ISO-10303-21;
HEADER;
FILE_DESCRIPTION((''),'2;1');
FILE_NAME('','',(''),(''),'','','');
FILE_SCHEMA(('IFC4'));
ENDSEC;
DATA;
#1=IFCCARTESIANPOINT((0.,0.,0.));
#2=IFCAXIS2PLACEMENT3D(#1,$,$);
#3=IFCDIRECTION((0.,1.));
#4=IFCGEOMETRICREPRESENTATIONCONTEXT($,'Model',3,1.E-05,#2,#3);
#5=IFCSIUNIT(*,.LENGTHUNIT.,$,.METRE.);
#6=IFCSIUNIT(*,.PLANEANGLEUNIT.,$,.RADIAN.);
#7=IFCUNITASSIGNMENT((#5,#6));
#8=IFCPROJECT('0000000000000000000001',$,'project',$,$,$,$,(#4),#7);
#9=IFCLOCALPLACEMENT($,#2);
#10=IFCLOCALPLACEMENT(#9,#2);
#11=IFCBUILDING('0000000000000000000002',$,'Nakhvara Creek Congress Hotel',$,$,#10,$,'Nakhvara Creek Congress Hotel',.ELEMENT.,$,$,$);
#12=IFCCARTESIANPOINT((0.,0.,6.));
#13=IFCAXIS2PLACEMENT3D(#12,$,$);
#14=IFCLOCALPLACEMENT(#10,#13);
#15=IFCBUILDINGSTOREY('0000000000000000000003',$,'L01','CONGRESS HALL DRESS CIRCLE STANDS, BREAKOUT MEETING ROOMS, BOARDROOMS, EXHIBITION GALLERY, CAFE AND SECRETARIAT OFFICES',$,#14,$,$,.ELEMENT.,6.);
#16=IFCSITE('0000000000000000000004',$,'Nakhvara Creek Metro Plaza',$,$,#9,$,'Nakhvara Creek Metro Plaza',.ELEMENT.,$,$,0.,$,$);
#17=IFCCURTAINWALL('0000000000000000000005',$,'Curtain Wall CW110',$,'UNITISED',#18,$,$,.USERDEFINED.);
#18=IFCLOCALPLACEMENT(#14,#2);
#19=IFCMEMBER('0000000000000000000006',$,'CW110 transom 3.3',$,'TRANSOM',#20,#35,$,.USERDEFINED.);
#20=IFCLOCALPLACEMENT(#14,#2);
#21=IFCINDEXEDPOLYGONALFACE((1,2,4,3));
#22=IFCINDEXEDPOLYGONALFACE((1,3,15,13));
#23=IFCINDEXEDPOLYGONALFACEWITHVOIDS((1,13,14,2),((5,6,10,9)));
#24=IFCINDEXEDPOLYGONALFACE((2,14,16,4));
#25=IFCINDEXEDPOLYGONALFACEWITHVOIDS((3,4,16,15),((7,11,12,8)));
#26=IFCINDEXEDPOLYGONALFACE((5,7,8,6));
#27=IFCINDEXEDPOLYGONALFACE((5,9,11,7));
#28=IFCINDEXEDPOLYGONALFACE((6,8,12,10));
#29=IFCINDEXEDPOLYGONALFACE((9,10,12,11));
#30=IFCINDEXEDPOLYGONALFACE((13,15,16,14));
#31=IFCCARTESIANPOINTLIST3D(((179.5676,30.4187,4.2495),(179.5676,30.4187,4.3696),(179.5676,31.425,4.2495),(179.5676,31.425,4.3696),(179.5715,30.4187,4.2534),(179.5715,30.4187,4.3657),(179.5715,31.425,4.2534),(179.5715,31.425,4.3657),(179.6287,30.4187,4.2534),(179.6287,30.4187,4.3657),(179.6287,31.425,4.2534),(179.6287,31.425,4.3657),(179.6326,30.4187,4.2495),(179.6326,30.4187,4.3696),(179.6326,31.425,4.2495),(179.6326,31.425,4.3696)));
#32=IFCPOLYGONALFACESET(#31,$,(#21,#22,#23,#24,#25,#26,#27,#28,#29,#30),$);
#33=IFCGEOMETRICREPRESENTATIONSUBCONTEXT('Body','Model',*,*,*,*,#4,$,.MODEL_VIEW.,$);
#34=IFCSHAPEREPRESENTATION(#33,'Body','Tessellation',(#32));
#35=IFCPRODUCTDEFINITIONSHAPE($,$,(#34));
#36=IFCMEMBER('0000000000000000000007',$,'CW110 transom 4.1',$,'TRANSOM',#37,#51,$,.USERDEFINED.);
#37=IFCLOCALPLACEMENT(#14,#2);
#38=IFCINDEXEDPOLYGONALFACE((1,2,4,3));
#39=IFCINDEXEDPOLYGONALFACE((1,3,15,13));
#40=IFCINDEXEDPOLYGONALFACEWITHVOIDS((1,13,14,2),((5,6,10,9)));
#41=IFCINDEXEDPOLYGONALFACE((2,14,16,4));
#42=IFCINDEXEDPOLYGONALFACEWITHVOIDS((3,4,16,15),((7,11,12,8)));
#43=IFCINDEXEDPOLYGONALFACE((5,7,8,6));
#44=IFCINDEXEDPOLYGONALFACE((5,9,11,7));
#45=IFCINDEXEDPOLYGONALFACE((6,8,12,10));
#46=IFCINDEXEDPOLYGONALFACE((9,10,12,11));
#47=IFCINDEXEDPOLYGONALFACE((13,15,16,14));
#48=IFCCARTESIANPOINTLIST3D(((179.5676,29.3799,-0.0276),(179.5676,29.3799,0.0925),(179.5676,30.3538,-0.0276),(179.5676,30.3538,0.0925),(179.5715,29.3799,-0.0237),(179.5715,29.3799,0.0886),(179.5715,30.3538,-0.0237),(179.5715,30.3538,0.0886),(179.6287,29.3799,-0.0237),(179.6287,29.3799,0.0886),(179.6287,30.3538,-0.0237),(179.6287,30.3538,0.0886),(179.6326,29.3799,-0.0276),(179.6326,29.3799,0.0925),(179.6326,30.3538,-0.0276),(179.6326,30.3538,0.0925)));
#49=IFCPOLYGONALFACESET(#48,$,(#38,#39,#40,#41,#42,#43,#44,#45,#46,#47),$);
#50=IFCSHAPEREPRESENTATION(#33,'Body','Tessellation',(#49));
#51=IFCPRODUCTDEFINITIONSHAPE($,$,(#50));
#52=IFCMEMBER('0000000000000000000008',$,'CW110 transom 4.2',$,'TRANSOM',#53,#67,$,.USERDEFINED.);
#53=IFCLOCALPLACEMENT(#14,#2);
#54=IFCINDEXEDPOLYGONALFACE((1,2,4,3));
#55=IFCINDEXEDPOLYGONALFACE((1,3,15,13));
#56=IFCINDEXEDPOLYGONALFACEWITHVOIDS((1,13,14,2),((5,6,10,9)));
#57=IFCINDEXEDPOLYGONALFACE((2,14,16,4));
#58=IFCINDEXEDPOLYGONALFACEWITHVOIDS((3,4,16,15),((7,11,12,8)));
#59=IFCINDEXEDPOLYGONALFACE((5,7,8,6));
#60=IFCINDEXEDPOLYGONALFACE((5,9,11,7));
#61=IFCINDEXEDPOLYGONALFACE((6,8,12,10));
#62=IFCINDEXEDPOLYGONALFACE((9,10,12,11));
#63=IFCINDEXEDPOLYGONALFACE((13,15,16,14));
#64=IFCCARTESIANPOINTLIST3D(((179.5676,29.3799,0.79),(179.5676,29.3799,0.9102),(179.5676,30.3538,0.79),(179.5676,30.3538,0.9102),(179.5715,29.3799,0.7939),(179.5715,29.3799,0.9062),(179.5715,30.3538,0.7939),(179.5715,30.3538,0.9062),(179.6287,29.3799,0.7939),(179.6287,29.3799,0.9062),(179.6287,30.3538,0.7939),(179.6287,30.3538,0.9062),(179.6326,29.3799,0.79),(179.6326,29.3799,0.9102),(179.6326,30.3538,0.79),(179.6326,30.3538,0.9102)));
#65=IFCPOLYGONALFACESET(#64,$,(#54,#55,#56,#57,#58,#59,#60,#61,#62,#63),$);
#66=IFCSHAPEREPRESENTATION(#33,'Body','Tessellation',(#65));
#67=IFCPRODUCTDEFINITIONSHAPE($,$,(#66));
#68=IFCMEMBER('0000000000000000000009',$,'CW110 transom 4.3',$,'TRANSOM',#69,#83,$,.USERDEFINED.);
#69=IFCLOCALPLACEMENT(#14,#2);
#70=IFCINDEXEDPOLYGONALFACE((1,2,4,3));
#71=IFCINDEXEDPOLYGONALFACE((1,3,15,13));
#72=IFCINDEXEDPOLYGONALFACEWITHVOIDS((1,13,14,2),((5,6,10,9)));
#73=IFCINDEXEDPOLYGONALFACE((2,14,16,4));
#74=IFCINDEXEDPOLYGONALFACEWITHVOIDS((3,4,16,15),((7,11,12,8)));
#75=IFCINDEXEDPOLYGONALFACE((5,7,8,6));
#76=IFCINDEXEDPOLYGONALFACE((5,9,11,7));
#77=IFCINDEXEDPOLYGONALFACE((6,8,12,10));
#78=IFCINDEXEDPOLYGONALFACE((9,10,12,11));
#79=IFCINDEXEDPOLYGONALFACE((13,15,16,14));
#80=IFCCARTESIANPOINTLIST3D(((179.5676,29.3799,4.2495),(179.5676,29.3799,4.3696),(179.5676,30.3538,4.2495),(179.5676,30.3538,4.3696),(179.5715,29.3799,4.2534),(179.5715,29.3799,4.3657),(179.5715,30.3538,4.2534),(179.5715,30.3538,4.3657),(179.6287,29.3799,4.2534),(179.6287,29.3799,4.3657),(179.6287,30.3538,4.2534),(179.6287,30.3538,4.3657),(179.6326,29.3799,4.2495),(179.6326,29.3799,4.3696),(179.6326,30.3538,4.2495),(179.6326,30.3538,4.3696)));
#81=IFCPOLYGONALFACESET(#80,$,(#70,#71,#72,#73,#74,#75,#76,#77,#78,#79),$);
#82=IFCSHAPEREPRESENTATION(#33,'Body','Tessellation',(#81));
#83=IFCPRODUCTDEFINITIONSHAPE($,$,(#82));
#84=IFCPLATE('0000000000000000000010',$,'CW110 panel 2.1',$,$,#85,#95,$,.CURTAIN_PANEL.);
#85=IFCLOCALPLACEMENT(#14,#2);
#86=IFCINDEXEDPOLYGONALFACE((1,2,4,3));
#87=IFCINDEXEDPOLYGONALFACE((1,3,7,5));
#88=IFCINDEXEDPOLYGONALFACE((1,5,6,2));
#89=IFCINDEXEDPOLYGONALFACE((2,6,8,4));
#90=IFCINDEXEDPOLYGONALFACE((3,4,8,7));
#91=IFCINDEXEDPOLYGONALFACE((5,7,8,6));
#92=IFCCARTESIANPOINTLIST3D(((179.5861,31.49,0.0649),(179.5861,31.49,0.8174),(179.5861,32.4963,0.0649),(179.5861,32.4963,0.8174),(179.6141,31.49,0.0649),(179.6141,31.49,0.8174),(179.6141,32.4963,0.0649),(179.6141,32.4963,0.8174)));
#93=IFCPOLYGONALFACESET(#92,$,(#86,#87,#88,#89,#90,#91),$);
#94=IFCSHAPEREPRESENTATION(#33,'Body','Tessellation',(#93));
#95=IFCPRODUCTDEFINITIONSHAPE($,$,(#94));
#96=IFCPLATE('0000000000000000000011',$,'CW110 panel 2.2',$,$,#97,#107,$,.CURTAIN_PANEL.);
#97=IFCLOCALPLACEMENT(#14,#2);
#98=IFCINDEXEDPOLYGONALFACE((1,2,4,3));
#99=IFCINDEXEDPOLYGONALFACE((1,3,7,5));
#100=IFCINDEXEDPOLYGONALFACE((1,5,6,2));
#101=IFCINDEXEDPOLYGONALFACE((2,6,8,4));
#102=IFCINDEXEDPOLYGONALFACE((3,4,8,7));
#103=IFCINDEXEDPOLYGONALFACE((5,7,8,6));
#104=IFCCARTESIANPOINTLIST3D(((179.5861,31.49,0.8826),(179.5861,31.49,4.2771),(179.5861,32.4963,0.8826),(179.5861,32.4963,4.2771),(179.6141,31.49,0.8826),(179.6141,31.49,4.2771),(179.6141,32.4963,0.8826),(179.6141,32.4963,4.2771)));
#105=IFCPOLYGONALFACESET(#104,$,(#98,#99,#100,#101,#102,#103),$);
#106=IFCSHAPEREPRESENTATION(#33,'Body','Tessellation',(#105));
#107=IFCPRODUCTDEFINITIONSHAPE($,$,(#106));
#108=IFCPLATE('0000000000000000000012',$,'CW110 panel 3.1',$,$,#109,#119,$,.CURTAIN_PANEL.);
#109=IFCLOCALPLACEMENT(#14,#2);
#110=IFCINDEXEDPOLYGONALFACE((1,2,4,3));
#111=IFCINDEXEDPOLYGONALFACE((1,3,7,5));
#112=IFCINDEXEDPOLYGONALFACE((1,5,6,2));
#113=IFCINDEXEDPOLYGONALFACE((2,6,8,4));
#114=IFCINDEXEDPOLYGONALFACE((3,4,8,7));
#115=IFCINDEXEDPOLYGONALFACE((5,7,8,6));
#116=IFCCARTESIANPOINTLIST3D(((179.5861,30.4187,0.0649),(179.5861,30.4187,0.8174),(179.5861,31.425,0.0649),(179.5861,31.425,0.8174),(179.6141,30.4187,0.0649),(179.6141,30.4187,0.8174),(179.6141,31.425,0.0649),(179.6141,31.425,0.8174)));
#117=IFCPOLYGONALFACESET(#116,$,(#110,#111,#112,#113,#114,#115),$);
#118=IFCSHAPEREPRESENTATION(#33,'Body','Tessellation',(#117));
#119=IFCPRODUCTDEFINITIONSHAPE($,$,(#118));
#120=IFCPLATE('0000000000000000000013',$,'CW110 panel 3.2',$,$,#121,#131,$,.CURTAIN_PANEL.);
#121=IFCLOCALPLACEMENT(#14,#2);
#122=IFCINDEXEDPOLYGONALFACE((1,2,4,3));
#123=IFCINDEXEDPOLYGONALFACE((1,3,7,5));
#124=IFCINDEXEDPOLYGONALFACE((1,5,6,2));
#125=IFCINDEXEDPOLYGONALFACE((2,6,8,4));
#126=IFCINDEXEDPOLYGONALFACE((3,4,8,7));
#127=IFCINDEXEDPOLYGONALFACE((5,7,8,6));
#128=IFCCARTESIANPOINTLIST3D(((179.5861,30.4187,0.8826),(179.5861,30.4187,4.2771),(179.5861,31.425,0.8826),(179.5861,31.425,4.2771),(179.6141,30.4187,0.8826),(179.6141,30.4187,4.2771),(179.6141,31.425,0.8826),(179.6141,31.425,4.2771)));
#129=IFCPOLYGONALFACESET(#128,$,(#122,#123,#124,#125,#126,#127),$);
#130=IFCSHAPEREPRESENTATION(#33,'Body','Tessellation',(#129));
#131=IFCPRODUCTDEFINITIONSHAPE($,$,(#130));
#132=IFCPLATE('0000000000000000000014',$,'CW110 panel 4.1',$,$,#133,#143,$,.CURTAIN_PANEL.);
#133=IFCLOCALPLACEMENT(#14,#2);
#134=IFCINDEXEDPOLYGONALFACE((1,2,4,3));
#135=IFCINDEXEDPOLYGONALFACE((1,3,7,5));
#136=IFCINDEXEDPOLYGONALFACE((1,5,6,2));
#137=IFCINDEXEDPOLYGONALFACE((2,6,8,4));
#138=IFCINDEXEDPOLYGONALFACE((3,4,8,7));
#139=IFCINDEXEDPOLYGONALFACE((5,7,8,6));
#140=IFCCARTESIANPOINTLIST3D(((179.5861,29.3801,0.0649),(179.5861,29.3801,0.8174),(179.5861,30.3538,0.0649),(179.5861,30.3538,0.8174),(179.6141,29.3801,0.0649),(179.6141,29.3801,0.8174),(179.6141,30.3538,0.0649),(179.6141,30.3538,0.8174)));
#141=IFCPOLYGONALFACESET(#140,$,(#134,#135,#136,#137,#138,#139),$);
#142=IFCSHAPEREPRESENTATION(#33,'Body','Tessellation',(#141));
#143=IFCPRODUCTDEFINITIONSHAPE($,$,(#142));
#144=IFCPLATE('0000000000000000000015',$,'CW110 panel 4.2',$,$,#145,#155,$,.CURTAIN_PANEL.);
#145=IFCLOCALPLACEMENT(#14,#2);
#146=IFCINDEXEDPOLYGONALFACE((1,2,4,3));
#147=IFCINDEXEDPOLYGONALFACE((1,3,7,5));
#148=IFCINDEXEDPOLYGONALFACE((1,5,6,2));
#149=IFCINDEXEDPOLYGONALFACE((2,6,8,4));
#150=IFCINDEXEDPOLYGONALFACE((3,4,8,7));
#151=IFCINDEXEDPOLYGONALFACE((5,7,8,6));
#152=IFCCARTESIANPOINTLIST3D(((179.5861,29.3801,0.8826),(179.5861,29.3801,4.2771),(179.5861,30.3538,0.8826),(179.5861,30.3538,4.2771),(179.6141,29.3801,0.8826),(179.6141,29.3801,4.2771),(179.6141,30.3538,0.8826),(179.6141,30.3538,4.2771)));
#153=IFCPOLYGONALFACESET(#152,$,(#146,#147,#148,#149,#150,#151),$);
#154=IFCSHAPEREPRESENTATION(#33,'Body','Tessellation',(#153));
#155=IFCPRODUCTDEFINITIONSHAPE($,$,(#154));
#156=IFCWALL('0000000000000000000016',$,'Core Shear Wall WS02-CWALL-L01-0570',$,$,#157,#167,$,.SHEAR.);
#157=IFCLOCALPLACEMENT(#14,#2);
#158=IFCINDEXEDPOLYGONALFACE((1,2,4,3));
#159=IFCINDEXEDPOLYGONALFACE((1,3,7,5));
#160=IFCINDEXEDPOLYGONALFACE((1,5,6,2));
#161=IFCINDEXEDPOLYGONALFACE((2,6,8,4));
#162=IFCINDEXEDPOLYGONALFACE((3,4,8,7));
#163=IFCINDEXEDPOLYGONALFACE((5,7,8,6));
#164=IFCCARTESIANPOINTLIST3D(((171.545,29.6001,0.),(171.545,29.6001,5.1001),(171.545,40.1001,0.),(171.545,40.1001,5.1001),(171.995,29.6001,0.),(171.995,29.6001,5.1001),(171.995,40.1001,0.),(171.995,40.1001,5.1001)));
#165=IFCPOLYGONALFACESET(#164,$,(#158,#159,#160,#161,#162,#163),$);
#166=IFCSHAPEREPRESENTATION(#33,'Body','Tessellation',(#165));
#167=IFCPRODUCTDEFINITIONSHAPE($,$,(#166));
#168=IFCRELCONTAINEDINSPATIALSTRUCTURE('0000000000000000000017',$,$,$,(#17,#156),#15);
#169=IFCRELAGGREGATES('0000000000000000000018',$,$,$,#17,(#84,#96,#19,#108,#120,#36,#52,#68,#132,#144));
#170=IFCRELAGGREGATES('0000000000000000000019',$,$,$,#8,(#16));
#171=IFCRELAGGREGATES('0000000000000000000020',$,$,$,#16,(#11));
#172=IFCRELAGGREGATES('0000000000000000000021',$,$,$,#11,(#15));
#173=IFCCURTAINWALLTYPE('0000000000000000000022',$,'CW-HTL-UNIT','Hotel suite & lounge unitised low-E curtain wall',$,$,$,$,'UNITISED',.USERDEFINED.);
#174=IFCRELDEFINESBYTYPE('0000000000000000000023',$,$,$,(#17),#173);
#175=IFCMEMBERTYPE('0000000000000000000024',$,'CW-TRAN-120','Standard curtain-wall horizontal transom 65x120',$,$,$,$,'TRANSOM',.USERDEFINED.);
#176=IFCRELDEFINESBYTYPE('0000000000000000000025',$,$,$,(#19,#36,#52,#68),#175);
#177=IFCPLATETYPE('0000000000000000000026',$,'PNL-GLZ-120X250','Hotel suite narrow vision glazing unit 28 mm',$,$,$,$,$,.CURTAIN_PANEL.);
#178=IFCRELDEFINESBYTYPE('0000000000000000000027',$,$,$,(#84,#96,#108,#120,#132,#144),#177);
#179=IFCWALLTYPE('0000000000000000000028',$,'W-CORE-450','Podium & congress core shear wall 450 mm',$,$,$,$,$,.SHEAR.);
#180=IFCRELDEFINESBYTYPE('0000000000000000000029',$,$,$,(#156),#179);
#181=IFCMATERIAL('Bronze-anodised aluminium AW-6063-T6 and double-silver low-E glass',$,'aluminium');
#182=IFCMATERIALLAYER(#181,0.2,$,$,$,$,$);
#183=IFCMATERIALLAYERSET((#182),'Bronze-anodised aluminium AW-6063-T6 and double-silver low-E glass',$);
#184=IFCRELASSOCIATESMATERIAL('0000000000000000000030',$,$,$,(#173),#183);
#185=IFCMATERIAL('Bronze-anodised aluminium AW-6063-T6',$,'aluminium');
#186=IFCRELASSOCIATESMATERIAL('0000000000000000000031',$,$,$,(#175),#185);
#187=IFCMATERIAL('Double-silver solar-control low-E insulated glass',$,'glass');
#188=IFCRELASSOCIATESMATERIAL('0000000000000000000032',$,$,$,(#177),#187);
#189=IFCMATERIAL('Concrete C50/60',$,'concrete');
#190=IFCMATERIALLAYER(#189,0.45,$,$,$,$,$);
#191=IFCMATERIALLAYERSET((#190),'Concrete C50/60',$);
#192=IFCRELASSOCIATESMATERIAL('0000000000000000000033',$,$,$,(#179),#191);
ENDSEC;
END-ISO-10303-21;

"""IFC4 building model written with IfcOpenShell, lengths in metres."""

from ifc_helpers import new_model, si_unit, direction, frame, frame_2d, origin, origin_2d, place, context, subcontext, project, spatial, rectangle, hollow_rectangle, extrude, material, layer, layer_set, material_profile, profile_set, type_object, element, aggregate, save


model = new_model("IFC4")

# Units and contexts
model_context = context("Model", 3, precision=1e-05, world=origin(), true_north=direction((0.0, 1.0)))
body_context = subcontext(model_context, "Body", "Model", "MODEL_VIEW")
ifc_project = project(units=[si_unit("LENGTHUNIT", "METRE"), si_unit("PLANEANGLEUNIT", "RADIAN")], contexts=[model_context])

# Site, building, storey
site_placement = place(None, origin())
site = spatial("IfcSite", under=ifc_project, at=site_placement, Name="Nakhvara Creek Metro Plaza", LongName="Nakhvara Creek Metro Plaza", CompositionType="ELEMENT", RefElevation=0.0)
building_placement = place(site_placement, origin())
building = spatial("IfcBuilding", under=site, at=building_placement, Name="Nakhvara Creek Congress Hotel", LongName="Nakhvara Creek Congress Hotel", CompositionType="ELEMENT")
storey_placement = place(building_placement, frame((0.0, 0.0, 6.0)))
storey = spatial("IfcBuildingStorey", under=building, at=storey_placement, Name="L01", Description="CONGRESS HALL DRESS CIRCLE STANDS, BREAKOUT MEETING ROOMS, BOARDROOMS, EXHIBITION GALLERY, CAFE AND SECRETARIAT OFFICES", CompositionType="ELEMENT", Elevation=6.0)

# Shared definitions
ifc_material_1 = material(Name="Concrete C50/60", Category="concrete")

# Curtain wall, members, plates
ifc_material_2 = material(Name="Bronze-anodised aluminium AW-6063-T6 and double-silver low-E glass", Category="aluminium")
ifc_layer_1 = layer(ifc_material_2, 0.2)
ifc_layer_set_1 = layer_set([ifc_layer_1], Name="Bronze-anodised aluminium AW-6063-T6 and double-silver low-E glass")
curtain_wall_type = type_object("IfcCurtainWallType", Name="CW-HTL-UNIT", Description="Hotel suite & lounge unitised low-E curtain wall", ElementType="UNITISED", PredefinedType="USERDEFINED", material=ifc_layer_set_1)
curtain_wall_placement = place(storey_placement, origin())
curtain_wall = element("IfcCurtainWall", 1, at=curtain_wall_placement, inside=storey, type_object=curtain_wall_type, Name="Curtain Wall CW110", ObjectType="UNITISED", PredefinedType="USERDEFINED")
ifc_material_3 = material(Name="Bronze-anodised aluminium AW-6063-T6", Category="aluminium")
ifc_material_profile_1 = material_profile(ifc_material_3, hollow_rectangle(XDim=0.0649, YDim=0.1201, WallThickness=0.0039, at=origin_2d()), Name="ALU-TRAN 65x120x4", Category="LoadBearing")
ifc_profile_set_1 = profile_set([ifc_material_profile_1], Name="Bronze-anodised aluminium AW-6063-T6")
member_type_1 = type_object("IfcMemberType", Name="CW-TRAN-120", Description="Standard curtain-wall horizontal transom 65x120", ElementType="TRANSOM", PredefinedType="USERDEFINED", material=ifc_profile_set_1)
member_1_placement = place(storey_placement, frame((179.6001, 31.425, 4.3096), z_axis=(0.0, -1.0, 0.0), x_axis=(1.0, 0.0, 0.0)))
member_1 = element("IfcMember", 2, at=member_1_placement, type_object=member_type_1, Name="CW110 transom 3.3", ObjectType="TRANSOM", PredefinedType="USERDEFINED", context=body_context, shape_type="SweptSolid", body=[
    extrude(hollow_rectangle(XDim=0.0649, YDim=0.1201, WallThickness=0.0039, at=origin_2d()), origin(), (0.0, 0.0, 1.0), 1.0063),
])
member_2_placement = place(storey_placement, frame((179.6001, 30.3538, 0.0325), z_axis=(0.0, -1.0, 0.0), x_axis=(1.0, 0.0, 0.0)))
member_2 = element("IfcMember", 3, at=member_2_placement, type_object=member_type_1, Name="CW110 transom 4.1", ObjectType="TRANSOM", PredefinedType="USERDEFINED", context=body_context, shape_type="SweptSolid", body=[
    extrude(hollow_rectangle(XDim=0.0649, YDim=0.1201, WallThickness=0.0039, at=origin_2d()), origin(), (0.0, 0.0, 1.0), 0.9739),
])
member_3_placement = place(storey_placement, frame((179.6001, 30.3538, 0.8501), z_axis=(0.0, -1.0, 0.0), x_axis=(1.0, 0.0, 0.0)))
member_3 = element("IfcMember", 4, at=member_3_placement, type_object=member_type_1, Name="CW110 transom 4.2", ObjectType="TRANSOM", PredefinedType="USERDEFINED", context=body_context, shape_type="SweptSolid", body=[
    extrude(hollow_rectangle(XDim=0.0649, YDim=0.1201, WallThickness=0.0039, at=origin_2d()), origin(), (0.0, 0.0, 1.0), 0.9739),
])
member_4_placement = place(storey_placement, frame((179.6001, 30.3538, 4.3096), z_axis=(0.0, -1.0, 0.0), x_axis=(1.0, 0.0, 0.0)))
member_4 = element("IfcMember", 5, at=member_4_placement, type_object=member_type_1, Name="CW110 transom 4.3", ObjectType="TRANSOM", PredefinedType="USERDEFINED", context=body_context, shape_type="SweptSolid", body=[
    extrude(hollow_rectangle(XDim=0.0649, YDim=0.1201, WallThickness=0.0039, at=origin_2d()), origin(), (0.0, 0.0, 1.0), 0.9739),
])
ifc_material_4 = material(Name="Double-silver solar-control low-E insulated glass", Category="glass")
plate_type = type_object("IfcPlateType", Name="PNL-GLZ-120X250", Description="Hotel suite narrow vision glazing unit 28 mm", PredefinedType="CURTAIN_PANEL", material=ifc_material_4)
plate_1_placement = place(storey_placement, frame((179.6001, 31.9932, 0.0649), z_axis=(0.0, 0.0, 1.0), x_axis=(0.0, -1.0, 0.0)))
plate_1 = element("IfcPlate", 6, at=plate_1_placement, type_object=plate_type, Name="CW110 panel 2.1", PredefinedType="CURTAIN_PANEL", context=body_context, shape_type="SweptSolid", body=[
    extrude(rectangle(XDim=1.0063, YDim=0.0281, at=origin_2d()), origin(), (0.0, 0.0, 1.0), 0.7524),
])
plate_2_placement = place(storey_placement, frame((179.6001, 31.9932, 0.8826), z_axis=(0.0, 0.0, 1.0), x_axis=(0.0, -1.0, 0.0)))
plate_2 = element("IfcPlate", 7, at=plate_2_placement, type_object=plate_type, Name="CW110 panel 2.2", PredefinedType="CURTAIN_PANEL", context=body_context, shape_type="SweptSolid", body=[
    extrude(rectangle(XDim=1.0063, YDim=0.0281, at=origin_2d()), origin(), (0.0, 0.0, 1.0), 3.3945),
])
plate_3_placement = place(storey_placement, frame((179.6001, 30.9219, 0.0649), z_axis=(0.0, 0.0, 1.0), x_axis=(0.0, -1.0, 0.0)))
plate_3 = element("IfcPlate", 8, at=plate_3_placement, type_object=plate_type, Name="CW110 panel 3.1", PredefinedType="CURTAIN_PANEL", context=body_context, shape_type="SweptSolid", body=[
    extrude(rectangle(XDim=1.0063, YDim=0.0281, at=origin_2d()), origin(), (0.0, 0.0, 1.0), 0.7524),
])
plate_4_placement = place(storey_placement, frame((179.6001, 30.9219, 0.8826), z_axis=(0.0, 0.0, 1.0), x_axis=(0.0, -1.0, 0.0)))
plate_4 = element("IfcPlate", 9, at=plate_4_placement, type_object=plate_type, Name="CW110 panel 3.2", PredefinedType="CURTAIN_PANEL", context=body_context, shape_type="SweptSolid", body=[
    extrude(rectangle(XDim=1.0063, YDim=0.0281, at=origin_2d()), origin(), (0.0, 0.0, 1.0), 3.3945),
])
plate_5_placement = place(storey_placement, frame((179.6001, 29.8669, 0.0649), z_axis=(0.0, 0.0, 1.0), x_axis=(0.0, -1.0, 0.0)))
plate_5 = element("IfcPlate", 10, at=plate_5_placement, type_object=plate_type, Name="CW110 panel 4.1", PredefinedType="CURTAIN_PANEL", context=body_context, shape_type="SweptSolid", body=[
    extrude(rectangle(XDim=0.9736, YDim=0.0281, at=origin_2d()), origin(), (0.0, 0.0, 1.0), 0.7524),
])
plate_6_placement = place(storey_placement, frame((179.6001, 29.8669, 0.8826), z_axis=(0.0, 0.0, 1.0), x_axis=(0.0, -1.0, 0.0)))
plate_6 = element("IfcPlate", 11, at=plate_6_placement, type_object=plate_type, Name="CW110 panel 4.2", PredefinedType="CURTAIN_PANEL", context=body_context, shape_type="SweptSolid", body=[
    extrude(rectangle(XDim=0.9736, YDim=0.0281, at=origin_2d()), origin(), (0.0, 0.0, 1.0), 3.3945),
])
aggregate(curtain_wall, [plate_1, plate_2, member_1, plate_3, plate_4, member_2, member_3, member_4, plate_5, plate_6])

# Wall
ifc_layer_2 = layer(ifc_material_1, 0.45)
ifc_layer_set_2 = layer_set([ifc_layer_2], Name="Concrete C50/60")
wall_type = type_object("IfcWallType", Name="W-CORE-450", Description="Podium & congress core shear wall 450 mm", PredefinedType="SHEAR", material=ifc_layer_set_2)
wall_placement = place(storey_placement, frame((171.77, 29.6001, 0.0), z_axis=(0.0, 0.0, 1.0), x_axis=(0.0, 1.0, 0.0)))
element("IfcWall", 12, at=wall_placement, inside=storey, type_object=wall_type, Name="Core Shear Wall WS02-CWALL-L01-0570", PredefinedType="SHEAR", context=body_context, shape_type="SweptSolid", body=[
    extrude(rectangle(XDim=10.5, YDim=0.45, at=frame_2d((5.25, 0.0))), origin(), (0.0, 0.0, 1.0), 5.1001),
])

save(model, "model.ifc")
